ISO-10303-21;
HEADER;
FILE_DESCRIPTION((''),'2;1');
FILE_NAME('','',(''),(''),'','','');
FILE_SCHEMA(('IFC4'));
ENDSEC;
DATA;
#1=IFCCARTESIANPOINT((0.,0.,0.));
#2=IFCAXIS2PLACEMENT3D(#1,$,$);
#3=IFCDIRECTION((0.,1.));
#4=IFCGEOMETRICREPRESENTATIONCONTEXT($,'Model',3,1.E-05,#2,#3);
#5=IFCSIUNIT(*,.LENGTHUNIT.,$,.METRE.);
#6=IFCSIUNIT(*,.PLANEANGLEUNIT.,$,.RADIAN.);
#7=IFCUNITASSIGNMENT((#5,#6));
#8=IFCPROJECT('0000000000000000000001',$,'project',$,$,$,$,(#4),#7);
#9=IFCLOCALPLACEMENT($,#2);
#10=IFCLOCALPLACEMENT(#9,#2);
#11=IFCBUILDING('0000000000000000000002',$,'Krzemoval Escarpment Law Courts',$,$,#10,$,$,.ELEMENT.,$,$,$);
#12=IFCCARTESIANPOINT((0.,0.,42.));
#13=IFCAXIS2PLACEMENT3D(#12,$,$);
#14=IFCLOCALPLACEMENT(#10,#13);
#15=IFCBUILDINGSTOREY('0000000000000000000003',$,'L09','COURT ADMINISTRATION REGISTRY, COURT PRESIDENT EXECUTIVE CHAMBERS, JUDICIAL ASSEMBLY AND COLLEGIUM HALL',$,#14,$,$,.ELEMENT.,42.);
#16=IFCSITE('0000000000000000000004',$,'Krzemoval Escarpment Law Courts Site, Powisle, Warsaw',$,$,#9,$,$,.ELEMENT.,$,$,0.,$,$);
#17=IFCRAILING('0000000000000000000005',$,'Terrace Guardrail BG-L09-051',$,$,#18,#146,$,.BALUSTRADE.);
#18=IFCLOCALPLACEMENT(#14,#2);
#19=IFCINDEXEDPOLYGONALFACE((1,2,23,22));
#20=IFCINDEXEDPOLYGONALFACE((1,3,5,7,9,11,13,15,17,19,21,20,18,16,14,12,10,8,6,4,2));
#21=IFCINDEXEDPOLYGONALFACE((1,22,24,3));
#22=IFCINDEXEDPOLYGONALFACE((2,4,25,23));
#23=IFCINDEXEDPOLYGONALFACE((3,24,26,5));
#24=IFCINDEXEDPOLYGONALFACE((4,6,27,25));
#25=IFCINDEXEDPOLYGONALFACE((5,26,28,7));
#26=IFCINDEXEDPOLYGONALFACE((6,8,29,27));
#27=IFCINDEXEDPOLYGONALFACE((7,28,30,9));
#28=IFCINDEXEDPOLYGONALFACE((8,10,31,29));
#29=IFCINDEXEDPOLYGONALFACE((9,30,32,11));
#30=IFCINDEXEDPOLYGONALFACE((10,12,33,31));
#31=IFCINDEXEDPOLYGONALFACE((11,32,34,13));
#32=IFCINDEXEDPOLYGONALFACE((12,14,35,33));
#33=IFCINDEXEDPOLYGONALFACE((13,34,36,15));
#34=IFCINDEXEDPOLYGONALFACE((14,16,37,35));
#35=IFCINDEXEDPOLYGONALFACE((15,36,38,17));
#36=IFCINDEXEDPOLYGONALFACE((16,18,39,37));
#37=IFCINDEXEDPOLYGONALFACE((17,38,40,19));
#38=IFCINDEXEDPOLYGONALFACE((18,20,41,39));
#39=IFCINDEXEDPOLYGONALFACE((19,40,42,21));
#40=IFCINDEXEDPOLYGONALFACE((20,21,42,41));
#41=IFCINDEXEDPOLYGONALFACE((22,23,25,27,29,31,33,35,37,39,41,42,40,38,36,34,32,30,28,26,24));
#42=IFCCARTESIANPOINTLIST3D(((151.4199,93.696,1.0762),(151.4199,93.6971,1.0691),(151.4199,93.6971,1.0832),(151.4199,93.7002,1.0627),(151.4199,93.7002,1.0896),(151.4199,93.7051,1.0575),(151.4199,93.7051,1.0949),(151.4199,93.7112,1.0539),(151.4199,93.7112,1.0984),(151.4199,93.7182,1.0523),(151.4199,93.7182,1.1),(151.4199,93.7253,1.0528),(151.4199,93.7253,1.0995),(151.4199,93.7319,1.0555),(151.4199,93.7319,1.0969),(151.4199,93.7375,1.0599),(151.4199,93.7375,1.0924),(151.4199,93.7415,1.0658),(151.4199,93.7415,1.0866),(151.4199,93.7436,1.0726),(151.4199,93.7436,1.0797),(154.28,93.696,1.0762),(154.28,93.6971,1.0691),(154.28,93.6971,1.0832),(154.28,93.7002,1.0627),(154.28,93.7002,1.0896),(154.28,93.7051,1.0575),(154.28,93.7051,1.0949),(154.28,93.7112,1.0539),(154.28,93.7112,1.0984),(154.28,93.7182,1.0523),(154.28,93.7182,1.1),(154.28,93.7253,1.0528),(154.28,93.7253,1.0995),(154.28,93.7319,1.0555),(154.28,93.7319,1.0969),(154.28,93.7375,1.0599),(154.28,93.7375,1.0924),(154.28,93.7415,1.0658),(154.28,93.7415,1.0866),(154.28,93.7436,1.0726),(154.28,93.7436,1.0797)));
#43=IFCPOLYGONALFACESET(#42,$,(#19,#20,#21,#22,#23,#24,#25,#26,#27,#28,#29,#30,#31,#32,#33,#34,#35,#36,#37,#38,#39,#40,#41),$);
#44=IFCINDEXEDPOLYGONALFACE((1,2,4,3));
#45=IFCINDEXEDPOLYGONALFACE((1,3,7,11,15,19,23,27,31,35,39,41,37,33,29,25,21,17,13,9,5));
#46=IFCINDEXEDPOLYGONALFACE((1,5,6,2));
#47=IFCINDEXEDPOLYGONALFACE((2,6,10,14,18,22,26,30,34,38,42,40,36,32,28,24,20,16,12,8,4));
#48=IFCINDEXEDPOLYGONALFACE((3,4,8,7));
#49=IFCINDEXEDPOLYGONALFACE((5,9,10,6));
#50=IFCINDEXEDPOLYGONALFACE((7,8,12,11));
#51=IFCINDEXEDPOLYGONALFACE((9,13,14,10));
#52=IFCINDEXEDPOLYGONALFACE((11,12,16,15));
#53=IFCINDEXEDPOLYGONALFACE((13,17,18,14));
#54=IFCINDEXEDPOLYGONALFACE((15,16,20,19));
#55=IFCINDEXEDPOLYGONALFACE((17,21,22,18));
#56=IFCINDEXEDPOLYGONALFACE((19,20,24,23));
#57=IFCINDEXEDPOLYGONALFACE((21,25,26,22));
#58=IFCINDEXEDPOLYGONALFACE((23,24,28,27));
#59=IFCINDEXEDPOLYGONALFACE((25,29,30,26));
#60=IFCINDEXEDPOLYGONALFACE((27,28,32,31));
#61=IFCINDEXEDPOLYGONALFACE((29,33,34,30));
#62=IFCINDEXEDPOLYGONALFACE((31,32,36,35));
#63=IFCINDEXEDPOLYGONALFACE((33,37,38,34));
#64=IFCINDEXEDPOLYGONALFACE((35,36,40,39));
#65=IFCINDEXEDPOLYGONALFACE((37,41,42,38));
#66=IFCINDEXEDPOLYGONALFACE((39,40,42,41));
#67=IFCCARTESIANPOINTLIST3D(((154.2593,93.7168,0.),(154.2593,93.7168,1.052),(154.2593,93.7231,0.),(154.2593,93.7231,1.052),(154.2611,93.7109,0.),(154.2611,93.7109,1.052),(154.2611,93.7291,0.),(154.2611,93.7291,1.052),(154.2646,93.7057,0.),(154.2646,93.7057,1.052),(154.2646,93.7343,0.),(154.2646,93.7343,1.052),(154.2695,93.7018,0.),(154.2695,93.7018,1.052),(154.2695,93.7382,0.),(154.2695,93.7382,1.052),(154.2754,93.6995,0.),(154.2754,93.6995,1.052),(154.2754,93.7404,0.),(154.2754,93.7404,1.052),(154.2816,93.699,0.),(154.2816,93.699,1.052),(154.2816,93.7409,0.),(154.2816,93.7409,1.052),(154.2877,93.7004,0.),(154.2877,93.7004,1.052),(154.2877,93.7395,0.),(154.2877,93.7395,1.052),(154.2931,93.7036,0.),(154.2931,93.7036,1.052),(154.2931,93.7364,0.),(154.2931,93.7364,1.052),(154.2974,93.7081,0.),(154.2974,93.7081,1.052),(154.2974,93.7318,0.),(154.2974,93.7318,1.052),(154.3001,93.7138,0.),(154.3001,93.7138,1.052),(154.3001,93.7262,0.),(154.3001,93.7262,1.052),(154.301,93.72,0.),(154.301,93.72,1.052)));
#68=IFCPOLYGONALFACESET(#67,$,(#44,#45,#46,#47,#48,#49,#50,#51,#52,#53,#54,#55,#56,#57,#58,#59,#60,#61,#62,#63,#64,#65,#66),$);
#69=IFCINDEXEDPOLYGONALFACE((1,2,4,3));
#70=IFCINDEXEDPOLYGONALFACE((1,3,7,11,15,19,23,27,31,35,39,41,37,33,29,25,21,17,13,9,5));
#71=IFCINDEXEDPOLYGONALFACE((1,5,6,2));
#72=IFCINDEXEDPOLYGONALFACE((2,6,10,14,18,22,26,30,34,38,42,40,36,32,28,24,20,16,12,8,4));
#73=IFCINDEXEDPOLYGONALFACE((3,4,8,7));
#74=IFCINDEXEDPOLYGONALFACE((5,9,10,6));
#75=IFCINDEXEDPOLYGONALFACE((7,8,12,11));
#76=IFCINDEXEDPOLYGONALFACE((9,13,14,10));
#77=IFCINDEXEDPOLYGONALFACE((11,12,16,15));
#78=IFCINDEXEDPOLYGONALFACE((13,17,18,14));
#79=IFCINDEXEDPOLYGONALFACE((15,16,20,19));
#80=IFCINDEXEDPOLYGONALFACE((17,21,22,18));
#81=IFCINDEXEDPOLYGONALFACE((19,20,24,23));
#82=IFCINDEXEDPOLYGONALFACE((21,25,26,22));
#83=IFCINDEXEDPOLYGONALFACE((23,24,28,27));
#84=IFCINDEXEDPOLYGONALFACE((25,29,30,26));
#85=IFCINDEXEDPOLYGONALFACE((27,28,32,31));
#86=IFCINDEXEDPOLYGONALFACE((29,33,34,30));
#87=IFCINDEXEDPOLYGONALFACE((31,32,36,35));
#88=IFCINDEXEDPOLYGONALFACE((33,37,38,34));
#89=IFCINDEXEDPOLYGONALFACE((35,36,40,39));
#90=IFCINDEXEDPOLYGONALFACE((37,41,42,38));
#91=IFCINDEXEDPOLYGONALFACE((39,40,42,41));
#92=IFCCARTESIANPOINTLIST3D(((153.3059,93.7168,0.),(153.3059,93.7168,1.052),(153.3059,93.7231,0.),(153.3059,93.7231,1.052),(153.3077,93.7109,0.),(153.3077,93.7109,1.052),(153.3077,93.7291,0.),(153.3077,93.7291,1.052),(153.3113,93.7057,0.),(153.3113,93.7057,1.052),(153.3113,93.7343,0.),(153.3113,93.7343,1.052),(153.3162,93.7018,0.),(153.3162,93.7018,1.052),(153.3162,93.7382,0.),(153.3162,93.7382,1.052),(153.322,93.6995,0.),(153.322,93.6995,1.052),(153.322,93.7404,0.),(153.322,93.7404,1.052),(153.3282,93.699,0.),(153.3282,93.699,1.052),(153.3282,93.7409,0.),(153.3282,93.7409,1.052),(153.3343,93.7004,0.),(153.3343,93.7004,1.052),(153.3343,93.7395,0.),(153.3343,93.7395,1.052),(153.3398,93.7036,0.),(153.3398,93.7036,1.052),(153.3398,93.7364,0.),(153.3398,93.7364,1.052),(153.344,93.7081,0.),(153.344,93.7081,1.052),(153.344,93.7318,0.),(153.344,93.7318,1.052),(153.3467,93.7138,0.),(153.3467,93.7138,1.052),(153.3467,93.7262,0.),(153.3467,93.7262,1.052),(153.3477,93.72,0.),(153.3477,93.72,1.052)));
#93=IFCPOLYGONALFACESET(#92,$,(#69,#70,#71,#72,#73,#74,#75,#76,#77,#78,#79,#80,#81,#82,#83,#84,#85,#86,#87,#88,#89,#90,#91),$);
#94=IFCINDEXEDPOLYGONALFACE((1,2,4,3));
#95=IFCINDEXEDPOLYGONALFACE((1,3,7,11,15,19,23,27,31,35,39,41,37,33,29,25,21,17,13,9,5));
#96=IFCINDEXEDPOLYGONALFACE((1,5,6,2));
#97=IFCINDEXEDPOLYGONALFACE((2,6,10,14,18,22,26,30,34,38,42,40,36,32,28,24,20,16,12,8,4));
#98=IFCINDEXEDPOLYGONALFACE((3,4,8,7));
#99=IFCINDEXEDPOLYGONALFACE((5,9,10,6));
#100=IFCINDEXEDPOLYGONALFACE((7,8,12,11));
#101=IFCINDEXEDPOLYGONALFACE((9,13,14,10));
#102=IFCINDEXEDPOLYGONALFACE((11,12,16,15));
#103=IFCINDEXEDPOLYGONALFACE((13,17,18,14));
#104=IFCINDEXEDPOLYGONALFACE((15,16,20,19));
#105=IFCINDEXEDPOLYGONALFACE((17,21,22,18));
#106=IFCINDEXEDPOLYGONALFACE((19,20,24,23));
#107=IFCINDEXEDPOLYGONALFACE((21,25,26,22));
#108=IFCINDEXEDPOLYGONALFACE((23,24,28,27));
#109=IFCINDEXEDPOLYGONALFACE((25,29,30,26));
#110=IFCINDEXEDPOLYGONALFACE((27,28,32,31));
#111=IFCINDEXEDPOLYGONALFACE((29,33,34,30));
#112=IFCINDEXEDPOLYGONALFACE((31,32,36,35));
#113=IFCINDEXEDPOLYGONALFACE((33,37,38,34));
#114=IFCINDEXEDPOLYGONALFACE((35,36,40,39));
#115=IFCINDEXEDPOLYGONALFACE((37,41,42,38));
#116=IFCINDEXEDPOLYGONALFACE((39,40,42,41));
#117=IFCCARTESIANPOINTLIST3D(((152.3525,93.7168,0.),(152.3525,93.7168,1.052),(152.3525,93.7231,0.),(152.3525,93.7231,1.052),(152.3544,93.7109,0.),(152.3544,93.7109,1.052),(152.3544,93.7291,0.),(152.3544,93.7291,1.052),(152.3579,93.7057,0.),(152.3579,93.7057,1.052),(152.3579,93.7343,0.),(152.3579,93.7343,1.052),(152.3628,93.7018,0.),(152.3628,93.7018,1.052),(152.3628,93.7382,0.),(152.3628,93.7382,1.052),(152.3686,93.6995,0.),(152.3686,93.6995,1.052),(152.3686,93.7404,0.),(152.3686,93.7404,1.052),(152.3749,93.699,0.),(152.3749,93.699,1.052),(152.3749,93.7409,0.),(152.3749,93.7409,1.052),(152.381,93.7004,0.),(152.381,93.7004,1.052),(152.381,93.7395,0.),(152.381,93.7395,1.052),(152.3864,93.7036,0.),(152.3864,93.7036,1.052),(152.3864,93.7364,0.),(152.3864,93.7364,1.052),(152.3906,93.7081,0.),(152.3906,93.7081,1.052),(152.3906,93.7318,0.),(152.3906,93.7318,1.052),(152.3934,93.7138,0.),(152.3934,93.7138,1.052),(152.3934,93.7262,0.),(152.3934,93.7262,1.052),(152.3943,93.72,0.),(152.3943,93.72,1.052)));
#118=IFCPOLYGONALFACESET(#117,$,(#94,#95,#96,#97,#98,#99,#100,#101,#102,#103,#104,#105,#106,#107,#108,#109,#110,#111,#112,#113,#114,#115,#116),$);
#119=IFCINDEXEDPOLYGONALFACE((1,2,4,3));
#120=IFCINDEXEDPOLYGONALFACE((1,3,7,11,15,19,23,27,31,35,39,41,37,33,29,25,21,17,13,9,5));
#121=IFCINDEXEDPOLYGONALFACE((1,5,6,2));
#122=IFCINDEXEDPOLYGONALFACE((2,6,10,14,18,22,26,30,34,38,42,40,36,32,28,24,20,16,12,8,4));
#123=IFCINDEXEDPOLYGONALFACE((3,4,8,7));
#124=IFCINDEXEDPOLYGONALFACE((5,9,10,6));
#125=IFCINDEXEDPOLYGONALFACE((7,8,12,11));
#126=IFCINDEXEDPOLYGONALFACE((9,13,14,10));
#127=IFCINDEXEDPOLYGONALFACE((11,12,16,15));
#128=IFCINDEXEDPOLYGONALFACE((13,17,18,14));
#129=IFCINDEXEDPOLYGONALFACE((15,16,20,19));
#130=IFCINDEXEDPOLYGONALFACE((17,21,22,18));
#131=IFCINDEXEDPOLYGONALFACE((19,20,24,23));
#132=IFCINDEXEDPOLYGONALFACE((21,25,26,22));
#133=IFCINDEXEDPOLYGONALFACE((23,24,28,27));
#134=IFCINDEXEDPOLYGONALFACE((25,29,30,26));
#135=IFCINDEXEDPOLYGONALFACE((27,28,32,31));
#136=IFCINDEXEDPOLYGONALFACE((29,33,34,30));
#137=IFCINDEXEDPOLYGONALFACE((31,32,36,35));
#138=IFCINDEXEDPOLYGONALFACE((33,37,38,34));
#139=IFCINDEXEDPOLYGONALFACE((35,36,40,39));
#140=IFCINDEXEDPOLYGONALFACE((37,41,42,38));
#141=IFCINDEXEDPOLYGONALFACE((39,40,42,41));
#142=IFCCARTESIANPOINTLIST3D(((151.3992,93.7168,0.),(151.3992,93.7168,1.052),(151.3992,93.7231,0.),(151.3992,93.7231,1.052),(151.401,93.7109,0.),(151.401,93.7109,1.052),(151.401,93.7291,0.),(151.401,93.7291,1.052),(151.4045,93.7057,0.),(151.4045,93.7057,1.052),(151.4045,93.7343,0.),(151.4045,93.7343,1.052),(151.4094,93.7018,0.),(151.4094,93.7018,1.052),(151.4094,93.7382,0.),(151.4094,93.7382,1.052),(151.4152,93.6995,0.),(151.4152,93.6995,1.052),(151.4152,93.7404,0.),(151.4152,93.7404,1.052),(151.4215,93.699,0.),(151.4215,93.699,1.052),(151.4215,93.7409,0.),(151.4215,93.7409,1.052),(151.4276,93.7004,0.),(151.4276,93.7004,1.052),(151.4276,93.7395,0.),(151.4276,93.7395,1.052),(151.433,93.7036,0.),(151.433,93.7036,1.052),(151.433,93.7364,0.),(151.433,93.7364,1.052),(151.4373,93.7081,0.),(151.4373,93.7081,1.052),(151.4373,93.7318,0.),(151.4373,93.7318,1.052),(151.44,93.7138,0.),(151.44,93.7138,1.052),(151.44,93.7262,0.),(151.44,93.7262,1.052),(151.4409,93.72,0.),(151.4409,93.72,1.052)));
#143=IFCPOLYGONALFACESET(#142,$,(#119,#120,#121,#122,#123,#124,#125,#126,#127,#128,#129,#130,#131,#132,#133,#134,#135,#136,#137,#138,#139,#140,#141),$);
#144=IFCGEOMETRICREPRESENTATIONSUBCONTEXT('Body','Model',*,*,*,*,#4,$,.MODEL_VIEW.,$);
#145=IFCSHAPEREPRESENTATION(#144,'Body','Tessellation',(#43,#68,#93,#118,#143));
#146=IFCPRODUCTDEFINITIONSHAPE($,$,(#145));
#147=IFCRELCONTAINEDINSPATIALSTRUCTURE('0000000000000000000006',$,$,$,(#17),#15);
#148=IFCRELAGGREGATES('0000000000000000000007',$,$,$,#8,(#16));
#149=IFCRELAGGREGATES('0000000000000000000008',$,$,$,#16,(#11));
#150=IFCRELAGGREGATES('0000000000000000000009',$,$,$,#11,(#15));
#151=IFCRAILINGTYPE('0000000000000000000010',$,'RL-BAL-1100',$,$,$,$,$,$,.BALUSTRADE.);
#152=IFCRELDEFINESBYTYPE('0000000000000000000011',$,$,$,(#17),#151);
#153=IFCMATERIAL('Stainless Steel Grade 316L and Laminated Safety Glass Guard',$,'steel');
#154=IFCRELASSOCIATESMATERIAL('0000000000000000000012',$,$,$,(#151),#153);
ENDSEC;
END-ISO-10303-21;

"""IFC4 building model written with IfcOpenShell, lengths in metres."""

from ifc_helpers import new_model, si_unit, direction, frame, origin, origin_2d, place, context, subcontext, project, spatial, circle, extrude, material, type_object, element, save


model = new_model("IFC4")

# Units and contexts
model_context = context("Model", 3, precision=1e-05, world=origin(), true_north=direction((0.0, 1.0)))
body_context = subcontext(model_context, "Body", "Model", "MODEL_VIEW")
ifc_project = project(units=[si_unit("LENGTHUNIT", "METRE"), si_unit("PLANEANGLEUNIT", "RADIAN")], contexts=[model_context])

# Site, building, storey
site_placement = place(None, origin())
site = spatial("IfcSite", under=ifc_project, at=site_placement, Name="Krzemoval Escarpment Law Courts Site, Powisle, Warsaw", CompositionType="ELEMENT", RefElevation=0.0)
building_placement = place(site_placement, origin())
building = spatial("IfcBuilding", under=site, at=building_placement, Name="Krzemoval Escarpment Law Courts", CompositionType="ELEMENT")
storey_placement = place(building_placement, frame((0.0, 0.0, 42.0)))
storey = spatial("IfcBuildingStorey", under=building, at=storey_placement, Name="L09", Description="COURT ADMINISTRATION REGISTRY, COURT PRESIDENT EXECUTIVE CHAMBERS, JUDICIAL ASSEMBLY AND COLLEGIUM HALL", CompositionType="ELEMENT", Elevation=42.0)

# Railing
ifc_material_1 = material(Name="Stainless Steel Grade 316L and Laminated Safety Glass Guard", Category="steel")
railing_type = type_object("IfcRailingType", Name="RL-BAL-1100", PredefinedType="BALUSTRADE", material=ifc_material_1)
railing_1_placement = place(storey_placement, frame((154.28, 93.72, 0.0)))
element("IfcRailing", 1, at=railing_1_placement, inside=storey, type_object=railing_type, Name="Terrace Guardrail BG-L09-051", PredefinedType="BALUSTRADE", context=body_context, shape_type="SweptSolid", body=[
    extrude(circle(Radius=0.0239, at=origin_2d()), frame((0.0, 0.0, 1.0762), z_axis=(-1.0, 0.0, 0.0), x_axis=(0.0, -1.0, 0.0)), (0.0, 0.0, 1.0), 2.8601),
    extrude(circle(Radius=0.021, at=origin_2d()), origin(), (0.0, 0.0, 1.0), 1.052),
    extrude(circle(Radius=0.021, at=origin_2d()), frame((-0.9534, 0.0, 0.0)), (0.0, 0.0, 1.0), 1.052),
    extrude(circle(Radius=0.021, at=origin_2d()), frame((-1.9067, 0.0, 0.0)), (0.0, 0.0, 1.0), 1.052),
    extrude(circle(Radius=0.021, at=origin_2d()), frame((-2.8601, 0.0, 0.0)), (0.0, 0.0, 1.0), 1.052),
])

save(model, "model.ifc")
